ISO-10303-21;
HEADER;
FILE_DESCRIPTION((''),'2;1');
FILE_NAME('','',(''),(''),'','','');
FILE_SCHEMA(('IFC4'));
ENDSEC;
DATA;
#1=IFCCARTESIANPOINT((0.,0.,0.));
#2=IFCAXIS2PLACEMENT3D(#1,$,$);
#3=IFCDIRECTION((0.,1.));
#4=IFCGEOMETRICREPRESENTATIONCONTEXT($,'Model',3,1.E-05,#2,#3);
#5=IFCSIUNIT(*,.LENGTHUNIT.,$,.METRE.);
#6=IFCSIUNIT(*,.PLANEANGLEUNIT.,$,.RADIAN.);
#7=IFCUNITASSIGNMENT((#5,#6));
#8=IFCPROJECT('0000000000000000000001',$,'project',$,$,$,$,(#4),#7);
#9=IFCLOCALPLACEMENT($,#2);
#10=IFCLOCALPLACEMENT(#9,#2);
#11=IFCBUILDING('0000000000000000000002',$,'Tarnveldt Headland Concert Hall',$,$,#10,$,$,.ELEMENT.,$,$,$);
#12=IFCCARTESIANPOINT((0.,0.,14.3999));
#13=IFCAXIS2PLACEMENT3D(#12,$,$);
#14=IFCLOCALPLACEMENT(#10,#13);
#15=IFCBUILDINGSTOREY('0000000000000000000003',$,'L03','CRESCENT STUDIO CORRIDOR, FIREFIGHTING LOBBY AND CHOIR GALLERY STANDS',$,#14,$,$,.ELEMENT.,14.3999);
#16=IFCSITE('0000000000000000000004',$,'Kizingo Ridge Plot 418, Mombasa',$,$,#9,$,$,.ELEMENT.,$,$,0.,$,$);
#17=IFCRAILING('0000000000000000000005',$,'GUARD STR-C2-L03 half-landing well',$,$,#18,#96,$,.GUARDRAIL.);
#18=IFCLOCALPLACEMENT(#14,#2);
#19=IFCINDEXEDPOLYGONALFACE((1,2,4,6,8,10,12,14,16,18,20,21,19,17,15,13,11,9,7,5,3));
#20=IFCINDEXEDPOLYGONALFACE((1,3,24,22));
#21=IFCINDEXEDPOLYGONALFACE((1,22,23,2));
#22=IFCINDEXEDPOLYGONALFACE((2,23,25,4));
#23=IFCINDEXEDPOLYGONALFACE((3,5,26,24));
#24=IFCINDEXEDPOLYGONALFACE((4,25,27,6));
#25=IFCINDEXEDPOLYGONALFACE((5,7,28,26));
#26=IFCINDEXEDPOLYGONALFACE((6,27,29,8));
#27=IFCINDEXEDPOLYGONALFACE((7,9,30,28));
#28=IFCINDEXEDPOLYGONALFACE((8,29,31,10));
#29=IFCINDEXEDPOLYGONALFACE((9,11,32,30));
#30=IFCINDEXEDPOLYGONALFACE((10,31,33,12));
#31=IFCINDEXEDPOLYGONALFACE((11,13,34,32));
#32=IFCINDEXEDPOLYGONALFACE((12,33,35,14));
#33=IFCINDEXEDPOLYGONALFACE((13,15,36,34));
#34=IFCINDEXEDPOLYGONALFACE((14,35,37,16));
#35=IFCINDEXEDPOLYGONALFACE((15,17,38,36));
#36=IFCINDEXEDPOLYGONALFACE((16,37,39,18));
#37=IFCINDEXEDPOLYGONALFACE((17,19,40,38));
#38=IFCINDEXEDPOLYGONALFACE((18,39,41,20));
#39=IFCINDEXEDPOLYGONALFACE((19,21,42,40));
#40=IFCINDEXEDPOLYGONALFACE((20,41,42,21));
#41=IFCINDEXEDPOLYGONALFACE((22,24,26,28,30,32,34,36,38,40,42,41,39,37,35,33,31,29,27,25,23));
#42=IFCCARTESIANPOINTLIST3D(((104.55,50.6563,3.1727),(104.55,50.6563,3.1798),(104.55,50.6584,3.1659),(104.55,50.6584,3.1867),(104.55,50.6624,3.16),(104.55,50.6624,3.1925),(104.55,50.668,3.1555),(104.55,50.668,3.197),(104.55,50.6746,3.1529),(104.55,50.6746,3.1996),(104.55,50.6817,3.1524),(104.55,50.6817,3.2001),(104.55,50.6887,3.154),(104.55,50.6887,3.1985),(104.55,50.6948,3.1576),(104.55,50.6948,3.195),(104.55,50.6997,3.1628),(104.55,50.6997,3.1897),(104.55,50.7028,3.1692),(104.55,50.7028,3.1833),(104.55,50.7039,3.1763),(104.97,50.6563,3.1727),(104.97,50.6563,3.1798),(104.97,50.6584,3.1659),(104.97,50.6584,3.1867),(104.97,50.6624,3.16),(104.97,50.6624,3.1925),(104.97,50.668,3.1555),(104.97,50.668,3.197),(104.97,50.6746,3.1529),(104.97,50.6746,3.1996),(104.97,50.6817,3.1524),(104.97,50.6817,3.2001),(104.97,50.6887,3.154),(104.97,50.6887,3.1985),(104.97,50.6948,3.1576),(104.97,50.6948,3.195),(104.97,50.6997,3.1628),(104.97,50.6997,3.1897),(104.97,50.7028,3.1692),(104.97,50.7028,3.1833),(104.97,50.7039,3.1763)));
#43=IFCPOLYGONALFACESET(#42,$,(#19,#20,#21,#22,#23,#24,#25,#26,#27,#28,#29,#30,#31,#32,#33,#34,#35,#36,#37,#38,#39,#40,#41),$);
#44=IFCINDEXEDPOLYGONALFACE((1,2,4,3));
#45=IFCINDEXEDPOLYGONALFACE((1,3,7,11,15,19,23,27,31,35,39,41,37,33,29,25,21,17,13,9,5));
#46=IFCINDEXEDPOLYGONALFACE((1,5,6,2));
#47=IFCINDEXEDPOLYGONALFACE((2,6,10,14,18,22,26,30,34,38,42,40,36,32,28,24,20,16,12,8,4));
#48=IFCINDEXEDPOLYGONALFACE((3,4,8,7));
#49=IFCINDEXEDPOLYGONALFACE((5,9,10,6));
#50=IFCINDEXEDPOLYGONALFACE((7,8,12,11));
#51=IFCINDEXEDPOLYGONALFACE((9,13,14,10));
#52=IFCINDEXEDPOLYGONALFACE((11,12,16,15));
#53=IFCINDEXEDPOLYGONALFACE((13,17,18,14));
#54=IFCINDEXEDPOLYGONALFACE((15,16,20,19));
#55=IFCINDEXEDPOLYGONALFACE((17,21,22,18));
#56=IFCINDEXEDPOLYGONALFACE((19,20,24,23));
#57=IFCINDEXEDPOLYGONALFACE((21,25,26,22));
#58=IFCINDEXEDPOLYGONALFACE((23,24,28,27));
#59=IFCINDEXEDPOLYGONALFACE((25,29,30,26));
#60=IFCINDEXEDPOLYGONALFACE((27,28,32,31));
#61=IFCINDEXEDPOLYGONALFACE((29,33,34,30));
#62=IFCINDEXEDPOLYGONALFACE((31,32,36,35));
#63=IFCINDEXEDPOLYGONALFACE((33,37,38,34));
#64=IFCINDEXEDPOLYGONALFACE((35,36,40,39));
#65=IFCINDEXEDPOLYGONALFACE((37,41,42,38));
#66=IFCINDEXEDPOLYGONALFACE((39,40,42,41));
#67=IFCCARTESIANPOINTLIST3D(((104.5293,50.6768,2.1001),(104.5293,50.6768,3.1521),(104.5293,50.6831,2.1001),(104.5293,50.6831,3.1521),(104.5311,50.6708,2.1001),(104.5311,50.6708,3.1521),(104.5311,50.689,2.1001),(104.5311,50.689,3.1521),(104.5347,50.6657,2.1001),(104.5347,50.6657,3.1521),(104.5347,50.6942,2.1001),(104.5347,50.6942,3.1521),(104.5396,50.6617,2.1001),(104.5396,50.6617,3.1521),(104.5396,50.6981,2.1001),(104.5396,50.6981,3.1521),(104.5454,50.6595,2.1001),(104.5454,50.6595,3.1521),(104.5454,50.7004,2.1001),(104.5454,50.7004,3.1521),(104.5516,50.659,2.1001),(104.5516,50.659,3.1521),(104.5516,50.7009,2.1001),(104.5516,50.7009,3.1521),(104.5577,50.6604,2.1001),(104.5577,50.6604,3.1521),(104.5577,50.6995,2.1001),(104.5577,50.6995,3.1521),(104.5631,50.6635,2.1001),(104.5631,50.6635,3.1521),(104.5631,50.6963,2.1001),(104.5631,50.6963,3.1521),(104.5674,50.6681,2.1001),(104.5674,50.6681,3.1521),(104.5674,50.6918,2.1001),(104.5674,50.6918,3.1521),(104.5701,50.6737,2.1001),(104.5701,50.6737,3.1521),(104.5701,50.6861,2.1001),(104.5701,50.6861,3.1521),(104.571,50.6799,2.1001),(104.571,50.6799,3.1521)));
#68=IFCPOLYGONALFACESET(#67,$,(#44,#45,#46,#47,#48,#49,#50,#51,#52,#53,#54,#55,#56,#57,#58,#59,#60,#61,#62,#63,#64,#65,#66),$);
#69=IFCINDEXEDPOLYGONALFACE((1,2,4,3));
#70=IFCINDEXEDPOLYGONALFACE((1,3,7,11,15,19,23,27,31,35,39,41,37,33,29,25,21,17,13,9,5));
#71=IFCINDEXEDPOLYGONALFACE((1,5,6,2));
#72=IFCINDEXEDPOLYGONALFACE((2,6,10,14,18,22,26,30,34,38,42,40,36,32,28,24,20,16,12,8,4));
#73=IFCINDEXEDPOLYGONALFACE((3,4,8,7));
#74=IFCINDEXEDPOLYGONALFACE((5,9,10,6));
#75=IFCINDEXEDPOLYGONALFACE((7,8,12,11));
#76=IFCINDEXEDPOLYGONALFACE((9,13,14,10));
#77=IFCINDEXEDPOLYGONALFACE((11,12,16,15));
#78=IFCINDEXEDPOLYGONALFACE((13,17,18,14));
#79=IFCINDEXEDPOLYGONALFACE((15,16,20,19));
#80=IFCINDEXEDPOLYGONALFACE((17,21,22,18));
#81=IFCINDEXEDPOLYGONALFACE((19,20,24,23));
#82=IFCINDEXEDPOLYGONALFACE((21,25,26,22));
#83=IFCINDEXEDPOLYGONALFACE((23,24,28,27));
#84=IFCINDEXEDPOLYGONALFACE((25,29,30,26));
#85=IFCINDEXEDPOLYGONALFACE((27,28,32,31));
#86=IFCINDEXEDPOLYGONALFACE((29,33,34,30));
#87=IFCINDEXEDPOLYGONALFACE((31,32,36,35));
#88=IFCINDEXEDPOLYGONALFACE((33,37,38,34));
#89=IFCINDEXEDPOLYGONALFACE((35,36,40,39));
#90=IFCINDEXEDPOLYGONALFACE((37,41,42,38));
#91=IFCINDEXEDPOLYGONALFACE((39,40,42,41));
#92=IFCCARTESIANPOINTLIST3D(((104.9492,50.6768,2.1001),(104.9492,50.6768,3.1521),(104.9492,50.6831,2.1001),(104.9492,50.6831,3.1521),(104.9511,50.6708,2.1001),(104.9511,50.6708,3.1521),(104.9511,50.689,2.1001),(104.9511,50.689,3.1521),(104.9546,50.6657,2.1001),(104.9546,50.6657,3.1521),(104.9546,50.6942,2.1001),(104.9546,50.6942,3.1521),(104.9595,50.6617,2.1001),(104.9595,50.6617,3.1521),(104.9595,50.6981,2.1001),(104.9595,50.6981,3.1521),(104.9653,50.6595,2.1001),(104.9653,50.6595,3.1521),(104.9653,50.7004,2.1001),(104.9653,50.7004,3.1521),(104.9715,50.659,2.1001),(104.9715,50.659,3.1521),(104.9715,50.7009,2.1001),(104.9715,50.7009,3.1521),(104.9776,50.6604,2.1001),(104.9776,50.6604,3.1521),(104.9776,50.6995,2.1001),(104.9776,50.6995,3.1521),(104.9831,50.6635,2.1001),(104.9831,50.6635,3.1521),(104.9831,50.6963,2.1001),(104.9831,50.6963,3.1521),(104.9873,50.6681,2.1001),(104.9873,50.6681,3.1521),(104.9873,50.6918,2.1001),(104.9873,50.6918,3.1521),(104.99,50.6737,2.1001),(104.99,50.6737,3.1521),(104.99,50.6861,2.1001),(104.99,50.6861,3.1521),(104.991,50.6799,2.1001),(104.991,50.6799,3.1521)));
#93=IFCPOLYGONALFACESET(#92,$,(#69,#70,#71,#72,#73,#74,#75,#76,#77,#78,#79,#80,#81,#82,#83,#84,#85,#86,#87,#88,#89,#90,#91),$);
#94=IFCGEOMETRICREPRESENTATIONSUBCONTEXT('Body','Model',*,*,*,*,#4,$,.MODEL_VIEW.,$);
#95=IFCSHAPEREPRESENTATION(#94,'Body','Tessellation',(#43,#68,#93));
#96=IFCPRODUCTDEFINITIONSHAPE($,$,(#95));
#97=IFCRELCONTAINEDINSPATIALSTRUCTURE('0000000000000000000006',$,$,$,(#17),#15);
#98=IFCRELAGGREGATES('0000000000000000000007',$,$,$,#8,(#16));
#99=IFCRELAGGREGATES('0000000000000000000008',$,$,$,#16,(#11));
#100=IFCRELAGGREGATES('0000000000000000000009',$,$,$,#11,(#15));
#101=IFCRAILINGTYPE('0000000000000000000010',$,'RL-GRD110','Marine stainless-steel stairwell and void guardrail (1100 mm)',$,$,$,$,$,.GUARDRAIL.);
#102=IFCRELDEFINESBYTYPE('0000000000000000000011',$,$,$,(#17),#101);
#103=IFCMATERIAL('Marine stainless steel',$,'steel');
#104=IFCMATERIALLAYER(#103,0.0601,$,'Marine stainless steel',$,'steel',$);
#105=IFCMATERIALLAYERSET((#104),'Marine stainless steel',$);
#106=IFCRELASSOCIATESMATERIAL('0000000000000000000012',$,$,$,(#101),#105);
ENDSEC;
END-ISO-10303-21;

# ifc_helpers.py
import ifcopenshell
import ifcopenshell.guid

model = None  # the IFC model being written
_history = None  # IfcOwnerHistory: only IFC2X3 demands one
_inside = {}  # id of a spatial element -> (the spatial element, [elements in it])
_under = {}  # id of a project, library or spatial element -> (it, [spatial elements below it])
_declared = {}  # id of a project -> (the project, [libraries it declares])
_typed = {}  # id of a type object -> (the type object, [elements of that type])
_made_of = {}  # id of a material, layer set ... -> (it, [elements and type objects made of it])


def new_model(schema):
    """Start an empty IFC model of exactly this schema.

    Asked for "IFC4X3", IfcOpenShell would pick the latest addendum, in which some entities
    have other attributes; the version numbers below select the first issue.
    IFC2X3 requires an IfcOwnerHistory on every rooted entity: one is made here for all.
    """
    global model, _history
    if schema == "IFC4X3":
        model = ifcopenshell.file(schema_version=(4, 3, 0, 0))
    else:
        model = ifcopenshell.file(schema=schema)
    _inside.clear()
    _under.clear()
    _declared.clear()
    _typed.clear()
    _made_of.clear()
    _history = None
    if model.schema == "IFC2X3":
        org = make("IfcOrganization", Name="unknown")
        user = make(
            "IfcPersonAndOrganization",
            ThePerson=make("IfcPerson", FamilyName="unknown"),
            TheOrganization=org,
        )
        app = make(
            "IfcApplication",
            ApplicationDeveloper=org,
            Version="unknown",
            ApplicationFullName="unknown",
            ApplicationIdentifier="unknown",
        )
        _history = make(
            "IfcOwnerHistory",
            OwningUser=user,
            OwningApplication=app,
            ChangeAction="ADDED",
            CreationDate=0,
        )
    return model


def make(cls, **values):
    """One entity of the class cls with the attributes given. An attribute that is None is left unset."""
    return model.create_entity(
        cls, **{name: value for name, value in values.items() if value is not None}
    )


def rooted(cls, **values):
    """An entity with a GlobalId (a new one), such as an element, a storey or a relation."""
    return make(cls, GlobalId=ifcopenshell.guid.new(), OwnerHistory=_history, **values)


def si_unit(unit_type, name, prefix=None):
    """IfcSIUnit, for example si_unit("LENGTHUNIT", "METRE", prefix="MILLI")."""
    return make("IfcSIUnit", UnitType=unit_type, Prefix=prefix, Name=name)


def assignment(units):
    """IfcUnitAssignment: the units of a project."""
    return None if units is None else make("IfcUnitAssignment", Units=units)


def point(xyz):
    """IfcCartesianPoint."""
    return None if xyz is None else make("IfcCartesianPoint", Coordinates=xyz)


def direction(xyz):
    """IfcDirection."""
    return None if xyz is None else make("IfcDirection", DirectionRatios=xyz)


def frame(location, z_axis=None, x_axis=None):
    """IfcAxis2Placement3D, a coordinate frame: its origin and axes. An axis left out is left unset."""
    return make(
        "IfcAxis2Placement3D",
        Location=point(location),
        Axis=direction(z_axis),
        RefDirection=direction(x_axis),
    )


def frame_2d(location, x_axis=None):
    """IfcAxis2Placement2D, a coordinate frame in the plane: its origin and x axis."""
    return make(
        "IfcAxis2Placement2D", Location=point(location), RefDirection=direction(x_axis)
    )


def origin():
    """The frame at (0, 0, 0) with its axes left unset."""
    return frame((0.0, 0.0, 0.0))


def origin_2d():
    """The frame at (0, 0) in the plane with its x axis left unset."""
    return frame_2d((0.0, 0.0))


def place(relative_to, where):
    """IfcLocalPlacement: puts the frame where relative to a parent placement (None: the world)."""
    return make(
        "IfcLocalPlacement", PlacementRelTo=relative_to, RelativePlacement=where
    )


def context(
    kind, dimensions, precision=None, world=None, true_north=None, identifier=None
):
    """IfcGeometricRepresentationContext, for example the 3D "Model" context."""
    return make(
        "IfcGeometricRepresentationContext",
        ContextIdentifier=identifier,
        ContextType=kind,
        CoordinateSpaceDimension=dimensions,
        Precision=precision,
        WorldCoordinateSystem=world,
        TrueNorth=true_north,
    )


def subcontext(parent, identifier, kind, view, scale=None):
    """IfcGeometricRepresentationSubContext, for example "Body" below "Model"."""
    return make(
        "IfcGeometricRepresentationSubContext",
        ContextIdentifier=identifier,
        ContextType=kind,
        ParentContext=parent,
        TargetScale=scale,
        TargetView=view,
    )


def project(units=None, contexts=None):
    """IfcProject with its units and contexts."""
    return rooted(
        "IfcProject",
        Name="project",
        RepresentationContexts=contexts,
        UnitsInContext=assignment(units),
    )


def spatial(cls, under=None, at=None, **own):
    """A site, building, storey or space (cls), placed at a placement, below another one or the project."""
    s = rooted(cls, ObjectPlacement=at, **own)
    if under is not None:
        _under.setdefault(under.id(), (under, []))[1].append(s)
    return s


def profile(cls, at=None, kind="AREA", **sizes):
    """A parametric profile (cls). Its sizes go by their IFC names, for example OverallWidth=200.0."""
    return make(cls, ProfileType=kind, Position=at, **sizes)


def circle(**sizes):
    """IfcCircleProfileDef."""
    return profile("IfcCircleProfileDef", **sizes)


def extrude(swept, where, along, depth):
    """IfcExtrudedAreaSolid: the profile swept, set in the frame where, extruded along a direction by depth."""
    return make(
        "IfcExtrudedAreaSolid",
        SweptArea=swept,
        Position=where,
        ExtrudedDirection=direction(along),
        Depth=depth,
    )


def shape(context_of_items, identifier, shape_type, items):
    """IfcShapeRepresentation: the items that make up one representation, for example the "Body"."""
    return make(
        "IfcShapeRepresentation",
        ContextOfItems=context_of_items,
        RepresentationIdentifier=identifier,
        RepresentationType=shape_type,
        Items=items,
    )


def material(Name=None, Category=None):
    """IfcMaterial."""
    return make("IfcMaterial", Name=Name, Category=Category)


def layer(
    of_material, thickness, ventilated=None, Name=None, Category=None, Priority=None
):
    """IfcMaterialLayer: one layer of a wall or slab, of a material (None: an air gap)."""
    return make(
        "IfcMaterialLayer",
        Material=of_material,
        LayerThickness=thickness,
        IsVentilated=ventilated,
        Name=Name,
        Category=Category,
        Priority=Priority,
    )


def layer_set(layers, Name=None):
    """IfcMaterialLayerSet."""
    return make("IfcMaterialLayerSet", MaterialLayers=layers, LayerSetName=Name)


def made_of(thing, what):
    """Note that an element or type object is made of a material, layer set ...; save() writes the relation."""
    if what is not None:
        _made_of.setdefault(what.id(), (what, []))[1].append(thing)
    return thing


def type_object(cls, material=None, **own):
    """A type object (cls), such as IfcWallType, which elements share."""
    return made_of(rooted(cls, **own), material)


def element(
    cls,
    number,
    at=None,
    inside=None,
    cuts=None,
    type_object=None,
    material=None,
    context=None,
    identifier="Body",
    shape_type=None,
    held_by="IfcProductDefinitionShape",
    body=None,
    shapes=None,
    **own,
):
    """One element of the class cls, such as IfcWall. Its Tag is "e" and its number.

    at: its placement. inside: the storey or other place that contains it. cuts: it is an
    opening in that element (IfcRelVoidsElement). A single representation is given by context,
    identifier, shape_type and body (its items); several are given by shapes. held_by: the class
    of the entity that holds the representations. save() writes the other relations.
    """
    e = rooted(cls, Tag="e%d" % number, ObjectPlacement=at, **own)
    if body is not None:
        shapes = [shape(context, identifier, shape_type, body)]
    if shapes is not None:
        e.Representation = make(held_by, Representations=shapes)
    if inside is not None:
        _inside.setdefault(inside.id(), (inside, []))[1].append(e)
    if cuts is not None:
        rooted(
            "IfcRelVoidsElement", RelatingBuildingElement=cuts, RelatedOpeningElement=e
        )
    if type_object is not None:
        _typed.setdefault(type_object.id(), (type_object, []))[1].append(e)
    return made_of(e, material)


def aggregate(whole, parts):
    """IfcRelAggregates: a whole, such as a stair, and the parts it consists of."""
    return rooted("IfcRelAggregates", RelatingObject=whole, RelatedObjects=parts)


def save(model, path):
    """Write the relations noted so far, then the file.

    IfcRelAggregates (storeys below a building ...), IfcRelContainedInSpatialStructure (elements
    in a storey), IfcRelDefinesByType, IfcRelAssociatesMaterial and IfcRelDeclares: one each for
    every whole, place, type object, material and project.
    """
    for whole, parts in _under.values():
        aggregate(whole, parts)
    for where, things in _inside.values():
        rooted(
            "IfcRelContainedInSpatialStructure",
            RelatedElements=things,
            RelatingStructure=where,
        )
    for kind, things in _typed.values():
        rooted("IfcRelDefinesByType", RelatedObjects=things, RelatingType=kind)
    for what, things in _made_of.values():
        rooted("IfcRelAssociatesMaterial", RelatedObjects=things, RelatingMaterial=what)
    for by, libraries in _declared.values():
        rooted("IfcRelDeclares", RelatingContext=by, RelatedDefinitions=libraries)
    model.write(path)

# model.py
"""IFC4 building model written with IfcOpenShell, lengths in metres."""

from ifc_helpers import new_model, si_unit, direction, frame, origin, origin_2d, place, context, subcontext, project, spatial, circle, extrude, material, layer, layer_set, type_object, element, save


model = new_model("IFC4")

# Units and contexts
model_context = context("Model", 3, precision=1e-05, world=origin(), true_north=direction((0.0, 1.0)))
body_context = subcontext(model_context, "Body", "Model", "MODEL_VIEW")
ifc_project = project(units=[si_unit("LENGTHUNIT", "METRE"), si_unit("PLANEANGLEUNIT", "RADIAN")], contexts=[model_context])

# Site, building, storey
site_placement = place(None, origin())
site = spatial("IfcSite", under=ifc_project, at=site_placement, Name="Kizingo Ridge Plot 418, Mombasa", CompositionType="ELEMENT", RefElevation=0.0)
building_placement = place(site_placement, origin())
building = spatial("IfcBuilding", under=site, at=building_placement, Name="Tarnveldt Headland Concert Hall", CompositionType="ELEMENT")
storey_placement = place(building_placement, frame((0.0, 0.0, 14.3999)))
storey = spatial("IfcBuildingStorey", under=building, at=storey_placement, Name="L03", Description="CRESCENT STUDIO CORRIDOR, FIREFIGHTING LOBBY AND CHOIR GALLERY STANDS", CompositionType="ELEMENT", Elevation=14.3999)

# Railing
ifc_material_1 = material(Name="Marine stainless steel", Category="steel")
ifc_layer_1 = layer(ifc_material_1, 0.0601, Name="Marine stainless steel", Category="steel")
ifc_layer_set_1 = layer_set([ifc_layer_1], Name="Marine stainless steel")
railing_type_1 = type_object("IfcRailingType", Name="RL-GRD110", Description="Marine stainless-steel stairwell and void guardrail (1100 mm)", PredefinedType="GUARDRAIL", material=ifc_layer_set_1)
railing_1_placement = place(storey_placement, frame((104.55, 50.6799, 2.1001)))
element("IfcRailing", 1, at=railing_1_placement, inside=storey, type_object=railing_type_1, Name="GUARD STR-C2-L03 half-landing well", PredefinedType="GUARDRAIL", context=body_context, shape_type="SweptSolid", body=[
    extrude(circle(Radius=0.0239, at=origin_2d()), frame((0.0, 0.0, 1.0762), z_axis=(1.0, 0.0, 0.0), x_axis=(0.0, 1.0, 0.0)), (0.0, 0.0, 1.0), 0.4199),
    extrude(circle(Radius=0.021, at=origin_2d()), origin(), (0.0, 0.0, 1.0), 1.052),
    extrude(circle(Radius=0.021, at=origin_2d()), frame((0.4199, 0.0, 0.0)), (0.0, 0.0, 1.0), 1.052),
])

save(model, "model.ifc")
